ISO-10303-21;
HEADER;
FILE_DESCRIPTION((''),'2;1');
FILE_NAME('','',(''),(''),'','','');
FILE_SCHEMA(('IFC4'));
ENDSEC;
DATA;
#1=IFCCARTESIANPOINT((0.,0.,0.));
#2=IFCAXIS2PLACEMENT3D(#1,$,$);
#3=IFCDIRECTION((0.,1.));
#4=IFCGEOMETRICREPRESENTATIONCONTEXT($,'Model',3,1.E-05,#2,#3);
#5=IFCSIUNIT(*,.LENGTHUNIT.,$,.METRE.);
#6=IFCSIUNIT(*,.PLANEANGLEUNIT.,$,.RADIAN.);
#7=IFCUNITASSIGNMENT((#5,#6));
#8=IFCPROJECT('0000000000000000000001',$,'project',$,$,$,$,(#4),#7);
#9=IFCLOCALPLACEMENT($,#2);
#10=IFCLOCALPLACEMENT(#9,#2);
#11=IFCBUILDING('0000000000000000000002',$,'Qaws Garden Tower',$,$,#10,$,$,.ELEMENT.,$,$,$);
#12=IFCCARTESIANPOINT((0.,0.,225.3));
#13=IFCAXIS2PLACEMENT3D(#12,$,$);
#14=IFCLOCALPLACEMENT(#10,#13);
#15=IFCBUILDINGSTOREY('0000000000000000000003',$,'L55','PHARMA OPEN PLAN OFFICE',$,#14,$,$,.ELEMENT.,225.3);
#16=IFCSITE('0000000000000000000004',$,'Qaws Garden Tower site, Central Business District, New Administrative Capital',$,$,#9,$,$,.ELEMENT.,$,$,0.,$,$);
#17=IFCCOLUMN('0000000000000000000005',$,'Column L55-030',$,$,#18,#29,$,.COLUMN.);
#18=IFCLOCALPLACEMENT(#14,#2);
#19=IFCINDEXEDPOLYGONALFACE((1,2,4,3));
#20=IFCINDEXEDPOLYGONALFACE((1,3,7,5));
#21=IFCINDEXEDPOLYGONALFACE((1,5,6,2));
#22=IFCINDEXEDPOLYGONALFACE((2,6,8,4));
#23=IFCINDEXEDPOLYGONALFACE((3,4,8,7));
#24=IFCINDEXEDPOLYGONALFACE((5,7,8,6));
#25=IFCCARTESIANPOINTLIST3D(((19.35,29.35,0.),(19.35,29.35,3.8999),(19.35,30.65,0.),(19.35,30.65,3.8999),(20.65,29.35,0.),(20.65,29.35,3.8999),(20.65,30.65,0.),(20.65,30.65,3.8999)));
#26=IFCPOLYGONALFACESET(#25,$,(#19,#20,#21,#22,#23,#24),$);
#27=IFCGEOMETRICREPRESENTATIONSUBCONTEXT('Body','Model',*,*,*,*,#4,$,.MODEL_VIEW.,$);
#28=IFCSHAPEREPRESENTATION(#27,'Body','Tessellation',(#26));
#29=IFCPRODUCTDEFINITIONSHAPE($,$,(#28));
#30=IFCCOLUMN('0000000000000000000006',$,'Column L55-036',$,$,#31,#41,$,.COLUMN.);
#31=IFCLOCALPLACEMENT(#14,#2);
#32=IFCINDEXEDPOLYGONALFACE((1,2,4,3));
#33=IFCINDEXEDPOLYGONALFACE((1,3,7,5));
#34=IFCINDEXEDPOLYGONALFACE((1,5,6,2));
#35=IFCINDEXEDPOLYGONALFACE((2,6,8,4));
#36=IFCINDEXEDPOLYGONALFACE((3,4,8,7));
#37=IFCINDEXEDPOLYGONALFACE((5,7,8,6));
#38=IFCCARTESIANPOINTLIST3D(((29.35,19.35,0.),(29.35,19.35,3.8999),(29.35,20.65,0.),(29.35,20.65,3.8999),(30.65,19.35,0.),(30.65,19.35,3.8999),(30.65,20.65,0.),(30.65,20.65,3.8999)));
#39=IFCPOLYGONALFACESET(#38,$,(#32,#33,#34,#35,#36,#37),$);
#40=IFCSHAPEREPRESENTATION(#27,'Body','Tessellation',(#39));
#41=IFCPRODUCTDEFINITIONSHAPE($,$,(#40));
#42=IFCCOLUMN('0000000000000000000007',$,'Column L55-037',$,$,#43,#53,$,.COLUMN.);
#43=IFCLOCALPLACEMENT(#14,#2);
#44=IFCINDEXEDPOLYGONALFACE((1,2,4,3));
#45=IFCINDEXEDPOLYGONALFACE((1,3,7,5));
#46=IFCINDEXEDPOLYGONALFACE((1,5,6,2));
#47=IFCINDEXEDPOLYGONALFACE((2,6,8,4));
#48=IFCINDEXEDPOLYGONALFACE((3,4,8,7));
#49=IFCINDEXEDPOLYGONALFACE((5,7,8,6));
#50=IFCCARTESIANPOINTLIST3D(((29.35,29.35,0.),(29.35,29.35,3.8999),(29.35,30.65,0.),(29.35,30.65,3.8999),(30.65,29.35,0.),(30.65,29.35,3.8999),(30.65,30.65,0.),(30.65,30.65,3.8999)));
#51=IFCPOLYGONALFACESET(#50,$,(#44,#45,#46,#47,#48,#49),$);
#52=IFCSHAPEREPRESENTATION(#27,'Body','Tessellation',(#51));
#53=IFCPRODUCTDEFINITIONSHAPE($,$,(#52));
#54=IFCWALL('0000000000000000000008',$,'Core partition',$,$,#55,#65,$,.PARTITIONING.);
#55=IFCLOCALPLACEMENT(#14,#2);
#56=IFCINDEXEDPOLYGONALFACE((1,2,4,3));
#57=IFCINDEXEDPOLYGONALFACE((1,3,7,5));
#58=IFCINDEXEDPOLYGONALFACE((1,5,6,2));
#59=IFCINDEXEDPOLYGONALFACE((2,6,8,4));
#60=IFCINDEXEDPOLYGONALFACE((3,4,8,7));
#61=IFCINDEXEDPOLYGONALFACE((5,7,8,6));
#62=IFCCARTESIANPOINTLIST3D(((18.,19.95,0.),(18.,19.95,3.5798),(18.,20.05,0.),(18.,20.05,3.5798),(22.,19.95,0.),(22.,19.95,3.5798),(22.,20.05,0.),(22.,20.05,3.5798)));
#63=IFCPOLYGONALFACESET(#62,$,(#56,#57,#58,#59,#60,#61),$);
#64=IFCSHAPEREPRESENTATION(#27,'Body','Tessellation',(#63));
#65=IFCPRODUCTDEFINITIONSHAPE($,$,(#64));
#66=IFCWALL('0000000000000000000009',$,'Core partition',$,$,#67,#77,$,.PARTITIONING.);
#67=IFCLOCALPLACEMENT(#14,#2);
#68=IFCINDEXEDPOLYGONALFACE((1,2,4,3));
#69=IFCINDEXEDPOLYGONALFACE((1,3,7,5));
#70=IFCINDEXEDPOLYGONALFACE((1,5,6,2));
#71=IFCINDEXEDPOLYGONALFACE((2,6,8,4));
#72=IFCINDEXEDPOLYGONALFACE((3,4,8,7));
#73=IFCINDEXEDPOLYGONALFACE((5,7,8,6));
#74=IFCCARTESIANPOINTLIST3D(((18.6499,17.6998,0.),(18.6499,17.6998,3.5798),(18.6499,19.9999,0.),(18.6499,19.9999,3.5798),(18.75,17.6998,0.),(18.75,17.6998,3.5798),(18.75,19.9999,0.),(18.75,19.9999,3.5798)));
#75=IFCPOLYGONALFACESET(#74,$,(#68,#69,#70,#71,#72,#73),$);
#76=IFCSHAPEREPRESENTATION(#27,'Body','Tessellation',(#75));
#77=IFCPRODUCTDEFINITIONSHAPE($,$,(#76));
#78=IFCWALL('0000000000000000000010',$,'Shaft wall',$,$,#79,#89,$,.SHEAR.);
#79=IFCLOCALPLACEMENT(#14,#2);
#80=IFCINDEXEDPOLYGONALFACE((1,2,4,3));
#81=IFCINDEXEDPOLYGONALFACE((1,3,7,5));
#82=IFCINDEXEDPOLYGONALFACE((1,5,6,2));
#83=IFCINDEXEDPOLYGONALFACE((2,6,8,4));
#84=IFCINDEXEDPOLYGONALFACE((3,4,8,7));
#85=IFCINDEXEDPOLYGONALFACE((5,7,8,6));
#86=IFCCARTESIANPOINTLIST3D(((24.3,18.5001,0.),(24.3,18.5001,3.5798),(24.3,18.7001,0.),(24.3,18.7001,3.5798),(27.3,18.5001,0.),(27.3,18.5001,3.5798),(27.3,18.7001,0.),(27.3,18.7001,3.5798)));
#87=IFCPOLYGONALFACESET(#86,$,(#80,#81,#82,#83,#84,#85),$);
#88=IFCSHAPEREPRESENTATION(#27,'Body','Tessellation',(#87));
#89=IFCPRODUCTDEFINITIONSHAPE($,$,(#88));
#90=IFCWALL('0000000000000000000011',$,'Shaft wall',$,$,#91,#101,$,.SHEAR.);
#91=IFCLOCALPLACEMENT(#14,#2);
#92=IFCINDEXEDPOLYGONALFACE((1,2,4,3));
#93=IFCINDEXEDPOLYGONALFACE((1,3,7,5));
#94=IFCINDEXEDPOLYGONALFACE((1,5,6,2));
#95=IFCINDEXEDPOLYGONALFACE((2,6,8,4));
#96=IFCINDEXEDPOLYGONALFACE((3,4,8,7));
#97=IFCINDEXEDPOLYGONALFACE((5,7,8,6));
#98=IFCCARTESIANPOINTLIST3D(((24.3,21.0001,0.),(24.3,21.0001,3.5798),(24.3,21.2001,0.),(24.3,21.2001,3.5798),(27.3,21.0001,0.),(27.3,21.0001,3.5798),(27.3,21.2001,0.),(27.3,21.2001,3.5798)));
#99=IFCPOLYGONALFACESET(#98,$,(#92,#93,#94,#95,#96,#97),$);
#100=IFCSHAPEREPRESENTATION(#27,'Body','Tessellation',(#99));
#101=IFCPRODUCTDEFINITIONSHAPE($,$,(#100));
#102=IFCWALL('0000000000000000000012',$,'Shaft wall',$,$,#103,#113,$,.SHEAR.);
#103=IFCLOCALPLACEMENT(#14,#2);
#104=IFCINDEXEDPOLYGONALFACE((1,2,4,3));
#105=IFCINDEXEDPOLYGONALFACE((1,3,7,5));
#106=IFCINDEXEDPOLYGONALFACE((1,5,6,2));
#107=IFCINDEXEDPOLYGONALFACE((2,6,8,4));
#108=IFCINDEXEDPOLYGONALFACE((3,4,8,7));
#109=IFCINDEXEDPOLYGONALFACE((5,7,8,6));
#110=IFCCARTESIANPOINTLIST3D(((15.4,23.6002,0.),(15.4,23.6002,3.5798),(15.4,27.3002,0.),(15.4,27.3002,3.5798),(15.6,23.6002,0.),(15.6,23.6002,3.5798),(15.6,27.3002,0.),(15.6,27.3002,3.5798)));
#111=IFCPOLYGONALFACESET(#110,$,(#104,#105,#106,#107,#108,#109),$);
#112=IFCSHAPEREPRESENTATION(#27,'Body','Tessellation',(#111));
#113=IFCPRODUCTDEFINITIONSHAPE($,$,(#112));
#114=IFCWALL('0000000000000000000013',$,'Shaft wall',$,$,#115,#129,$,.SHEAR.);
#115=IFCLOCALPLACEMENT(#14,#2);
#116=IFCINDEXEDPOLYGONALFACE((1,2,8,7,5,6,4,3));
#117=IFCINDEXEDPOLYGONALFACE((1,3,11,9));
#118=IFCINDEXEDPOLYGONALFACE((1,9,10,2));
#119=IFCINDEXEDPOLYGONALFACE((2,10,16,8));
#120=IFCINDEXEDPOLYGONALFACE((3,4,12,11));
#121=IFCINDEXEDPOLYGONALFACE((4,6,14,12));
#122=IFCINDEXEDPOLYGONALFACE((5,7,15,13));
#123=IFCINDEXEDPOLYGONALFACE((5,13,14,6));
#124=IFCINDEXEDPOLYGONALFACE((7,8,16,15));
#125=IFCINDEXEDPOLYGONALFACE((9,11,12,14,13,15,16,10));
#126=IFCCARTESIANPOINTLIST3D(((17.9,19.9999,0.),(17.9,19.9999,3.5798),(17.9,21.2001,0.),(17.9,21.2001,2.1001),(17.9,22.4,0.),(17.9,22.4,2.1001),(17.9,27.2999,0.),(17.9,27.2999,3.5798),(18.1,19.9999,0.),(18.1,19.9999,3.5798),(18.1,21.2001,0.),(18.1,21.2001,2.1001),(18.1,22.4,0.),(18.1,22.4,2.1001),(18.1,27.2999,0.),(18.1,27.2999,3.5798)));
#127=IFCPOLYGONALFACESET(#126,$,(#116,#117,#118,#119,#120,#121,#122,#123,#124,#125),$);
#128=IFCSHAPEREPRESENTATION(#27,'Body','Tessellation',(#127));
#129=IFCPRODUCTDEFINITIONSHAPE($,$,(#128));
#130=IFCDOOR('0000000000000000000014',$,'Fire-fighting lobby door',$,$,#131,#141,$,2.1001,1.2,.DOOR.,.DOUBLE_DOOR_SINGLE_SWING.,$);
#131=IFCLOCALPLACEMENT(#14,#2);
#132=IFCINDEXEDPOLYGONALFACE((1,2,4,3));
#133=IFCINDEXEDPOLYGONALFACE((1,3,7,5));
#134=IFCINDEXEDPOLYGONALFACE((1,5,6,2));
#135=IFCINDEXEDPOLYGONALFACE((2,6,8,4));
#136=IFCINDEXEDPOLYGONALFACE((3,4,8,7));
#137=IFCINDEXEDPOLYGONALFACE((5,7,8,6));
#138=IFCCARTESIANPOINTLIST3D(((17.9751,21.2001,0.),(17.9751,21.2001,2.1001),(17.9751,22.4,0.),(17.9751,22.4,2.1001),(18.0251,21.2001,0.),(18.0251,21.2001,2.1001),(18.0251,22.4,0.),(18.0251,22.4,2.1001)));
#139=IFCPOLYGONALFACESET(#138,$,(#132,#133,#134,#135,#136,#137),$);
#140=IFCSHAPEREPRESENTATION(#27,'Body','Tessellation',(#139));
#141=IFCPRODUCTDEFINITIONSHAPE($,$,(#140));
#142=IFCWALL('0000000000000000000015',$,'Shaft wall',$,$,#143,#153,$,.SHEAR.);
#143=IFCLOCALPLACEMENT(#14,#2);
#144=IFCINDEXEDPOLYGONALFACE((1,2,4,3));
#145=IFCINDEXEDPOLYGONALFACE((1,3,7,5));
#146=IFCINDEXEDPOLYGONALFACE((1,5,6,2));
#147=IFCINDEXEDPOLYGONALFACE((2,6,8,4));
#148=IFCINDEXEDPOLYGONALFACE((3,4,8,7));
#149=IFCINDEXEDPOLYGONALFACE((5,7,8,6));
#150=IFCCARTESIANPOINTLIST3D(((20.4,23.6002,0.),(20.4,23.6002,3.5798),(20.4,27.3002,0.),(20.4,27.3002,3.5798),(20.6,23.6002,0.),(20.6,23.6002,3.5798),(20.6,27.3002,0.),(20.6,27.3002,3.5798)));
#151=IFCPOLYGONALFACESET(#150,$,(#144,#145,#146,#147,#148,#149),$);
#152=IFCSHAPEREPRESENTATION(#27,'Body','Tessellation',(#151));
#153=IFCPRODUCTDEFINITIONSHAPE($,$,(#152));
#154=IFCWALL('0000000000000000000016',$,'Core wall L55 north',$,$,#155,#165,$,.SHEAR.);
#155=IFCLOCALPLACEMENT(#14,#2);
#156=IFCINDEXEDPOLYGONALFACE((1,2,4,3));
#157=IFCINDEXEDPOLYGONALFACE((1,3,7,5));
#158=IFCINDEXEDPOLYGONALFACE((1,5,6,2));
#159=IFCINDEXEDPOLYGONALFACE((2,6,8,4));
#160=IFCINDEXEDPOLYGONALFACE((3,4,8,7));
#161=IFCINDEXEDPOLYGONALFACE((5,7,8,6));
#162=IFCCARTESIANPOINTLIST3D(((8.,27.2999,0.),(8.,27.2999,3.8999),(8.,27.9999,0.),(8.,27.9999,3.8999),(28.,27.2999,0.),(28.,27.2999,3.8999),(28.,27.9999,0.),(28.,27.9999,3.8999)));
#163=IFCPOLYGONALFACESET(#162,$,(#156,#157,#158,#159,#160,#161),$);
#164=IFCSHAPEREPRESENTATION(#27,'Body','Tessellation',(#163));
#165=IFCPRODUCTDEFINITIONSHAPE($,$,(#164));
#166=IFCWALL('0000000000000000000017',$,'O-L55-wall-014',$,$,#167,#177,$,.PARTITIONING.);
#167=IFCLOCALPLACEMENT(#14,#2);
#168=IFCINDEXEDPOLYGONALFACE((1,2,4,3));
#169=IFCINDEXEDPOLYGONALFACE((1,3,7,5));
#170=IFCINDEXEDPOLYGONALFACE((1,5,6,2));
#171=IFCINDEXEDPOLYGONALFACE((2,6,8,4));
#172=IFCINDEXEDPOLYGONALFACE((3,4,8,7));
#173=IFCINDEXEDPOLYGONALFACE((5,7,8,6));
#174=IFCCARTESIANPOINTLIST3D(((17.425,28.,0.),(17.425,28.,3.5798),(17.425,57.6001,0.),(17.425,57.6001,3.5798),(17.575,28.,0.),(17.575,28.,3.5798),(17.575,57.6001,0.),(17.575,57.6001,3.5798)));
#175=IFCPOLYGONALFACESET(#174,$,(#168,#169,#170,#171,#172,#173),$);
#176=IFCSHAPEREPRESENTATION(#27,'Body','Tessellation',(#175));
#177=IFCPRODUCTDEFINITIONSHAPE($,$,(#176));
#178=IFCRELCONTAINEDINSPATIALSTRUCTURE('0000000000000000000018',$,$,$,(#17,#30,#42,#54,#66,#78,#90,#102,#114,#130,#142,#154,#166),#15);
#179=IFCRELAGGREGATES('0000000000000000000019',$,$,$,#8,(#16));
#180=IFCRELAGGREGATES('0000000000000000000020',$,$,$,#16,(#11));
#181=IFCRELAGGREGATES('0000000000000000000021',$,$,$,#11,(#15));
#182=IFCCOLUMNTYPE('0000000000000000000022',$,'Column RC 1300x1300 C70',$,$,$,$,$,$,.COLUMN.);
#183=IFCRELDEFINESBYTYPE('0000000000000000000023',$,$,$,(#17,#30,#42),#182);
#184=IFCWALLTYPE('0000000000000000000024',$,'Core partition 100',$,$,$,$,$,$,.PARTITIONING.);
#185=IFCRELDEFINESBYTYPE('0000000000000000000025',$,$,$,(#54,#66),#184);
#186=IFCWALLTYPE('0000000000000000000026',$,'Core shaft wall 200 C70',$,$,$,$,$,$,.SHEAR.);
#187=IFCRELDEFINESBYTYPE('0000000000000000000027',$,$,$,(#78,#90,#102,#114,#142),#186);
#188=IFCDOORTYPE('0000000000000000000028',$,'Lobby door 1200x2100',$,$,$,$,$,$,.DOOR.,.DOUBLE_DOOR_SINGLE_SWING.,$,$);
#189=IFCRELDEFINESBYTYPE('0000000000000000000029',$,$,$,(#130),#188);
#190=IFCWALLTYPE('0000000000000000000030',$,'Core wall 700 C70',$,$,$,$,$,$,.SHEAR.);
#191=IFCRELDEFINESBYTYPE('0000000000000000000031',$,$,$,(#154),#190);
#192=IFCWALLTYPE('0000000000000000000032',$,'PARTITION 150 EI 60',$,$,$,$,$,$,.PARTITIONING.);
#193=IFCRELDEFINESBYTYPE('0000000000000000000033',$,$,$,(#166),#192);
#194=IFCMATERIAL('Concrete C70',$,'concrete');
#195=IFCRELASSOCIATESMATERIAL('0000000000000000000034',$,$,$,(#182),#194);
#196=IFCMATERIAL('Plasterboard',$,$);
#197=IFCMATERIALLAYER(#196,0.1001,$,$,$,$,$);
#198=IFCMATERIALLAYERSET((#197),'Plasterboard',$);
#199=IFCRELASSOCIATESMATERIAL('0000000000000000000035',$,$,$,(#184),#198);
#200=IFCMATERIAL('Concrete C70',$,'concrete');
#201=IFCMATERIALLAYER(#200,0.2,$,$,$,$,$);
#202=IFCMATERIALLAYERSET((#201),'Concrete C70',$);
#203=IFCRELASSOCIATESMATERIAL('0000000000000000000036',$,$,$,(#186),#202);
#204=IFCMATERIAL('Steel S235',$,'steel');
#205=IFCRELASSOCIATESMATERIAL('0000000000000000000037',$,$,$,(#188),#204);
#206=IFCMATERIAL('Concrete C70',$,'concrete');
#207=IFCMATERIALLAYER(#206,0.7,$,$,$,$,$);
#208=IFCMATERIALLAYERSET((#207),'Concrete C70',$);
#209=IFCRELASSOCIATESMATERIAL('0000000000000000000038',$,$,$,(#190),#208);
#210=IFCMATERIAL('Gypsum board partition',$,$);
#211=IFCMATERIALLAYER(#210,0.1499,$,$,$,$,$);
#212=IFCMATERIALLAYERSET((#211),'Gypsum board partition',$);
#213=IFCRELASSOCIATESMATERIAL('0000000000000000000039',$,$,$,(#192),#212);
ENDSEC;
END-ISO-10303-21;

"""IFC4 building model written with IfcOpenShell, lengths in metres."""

from ifc_helpers import new_model, si_unit, direction, frame, frame_2d, origin, origin_2d, place, context, subcontext, project, spatial, rectangle, extrude, material, layer, layer_set, material_profile, profile_set, type_object, element, fill, save


model = new_model("IFC4")

# Units and contexts
model_context = context("Model", 3, precision=1e-05, world=origin(), true_north=direction((0.0, 1.0)))
body_context = subcontext(model_context, "Body", "Model", "MODEL_VIEW")
ifc_project = project(units=[si_unit("LENGTHUNIT", "METRE"), si_unit("PLANEANGLEUNIT", "RADIAN")], contexts=[model_context])

# Site, building, storey
site_placement = place(None, origin())
site = spatial("IfcSite", under=ifc_project, at=site_placement, Name="Qaws Garden Tower site, Central Business District, New Administrative Capital", CompositionType="ELEMENT", RefElevation=0.0)
building_placement = place(site_placement, origin())
building = spatial("IfcBuilding", under=site, at=building_placement, Name="Qaws Garden Tower", CompositionType="ELEMENT")
storey_placement = place(building_placement, frame((0.0, 0.0, 225.3)))
storey = spatial("IfcBuildingStorey", under=building, at=storey_placement, Name="L55", Description="PHARMA OPEN PLAN OFFICE", CompositionType="ELEMENT", Elevation=225.3)

# Columns
ifc_material_1 = material(Name="Concrete C70", Category="concrete")
ifc_material_profile = material_profile(ifc_material_1, rectangle(XDim=1.3, YDim=1.3, at=origin_2d()), Name="RC 1300x1300")
ifc_profile_set = profile_set([ifc_material_profile], Name="Concrete C70")
column_type = type_object("IfcColumnType", Name="Column RC 1300x1300 C70", PredefinedType="COLUMN", material=ifc_profile_set)
for number, where, z_axis, x_axis, name in (
    (1, (20.0, 30.0, 0.0), (0.0, 0.0, 1.0), (1.0, 0.0, 0.0), "Column L55-030"),
    (2, (30.0, 20.0, 0.0), (0.0, 0.0, 1.0), (1.0, 0.0, 0.0), "Column L55-036"),
    (3, (30.0, 30.0, 0.0), (0.0, 0.0, 1.0), (1.0, 0.0, 0.0), "Column L55-037"),
):
    element("IfcColumn", number, at=place(storey_placement, frame(where, z_axis=z_axis, x_axis=x_axis)), inside=storey, type_object=column_type, Name=name, PredefinedType="COLUMN", context=body_context, shape_type="SweptSolid", body=[
        extrude(rectangle(XDim=1.3, YDim=1.3, at=origin_2d()), origin(), (0.0, 0.0, 1.0), 3.8999),
    ])

# Walls
ifc_material_2 = material(Name="Plasterboard")
ifc_layer_1 = layer(ifc_material_2, 0.1001)
ifc_layer_set_1 = layer_set([ifc_layer_1], Name="Plasterboard")
wall_type_1 = type_object("IfcWallType", Name="Core partition 100", PredefinedType="PARTITIONING", material=ifc_layer_set_1)
wall_1_placement = place(storey_placement, frame((18.0, 20.0, 0.0), z_axis=(0.0, 0.0, 1.0), x_axis=(1.0, 0.0, 0.0)))
element("IfcWall", 4, at=wall_1_placement, inside=storey, type_object=wall_type_1, Name="Core partition", PredefinedType="PARTITIONING", context=body_context, shape_type="SweptSolid", body=[
    extrude(rectangle(XDim=4.0, YDim=0.1001, at=frame_2d((2.0, 0.0))), origin(), (0.0, 0.0, 1.0), 3.5798),
])
wall_2_placement = place(storey_placement, frame((18.7, 17.7, 0.0), z_axis=(0.0, 0.0, 1.0), x_axis=(0.0, 1.0, 0.0)))
element("IfcWall", 5, at=wall_2_placement, inside=storey, type_object=wall_type_1, Name="Core partition", PredefinedType="PARTITIONING", context=body_context, shape_type="SweptSolid", body=[
    extrude(rectangle(XDim=2.3, YDim=0.1001, at=frame_2d((1.1499, 0.0))), origin(), (0.0, 0.0, 1.0), 3.5798),
])
ifc_material_3 = material(Name="Concrete C70", Category="concrete")
ifc_layer_2 = layer(ifc_material_3, 0.2)
ifc_layer_set_2 = layer_set([ifc_layer_2], Name="Concrete C70")
wall_type_2 = type_object("IfcWallType", Name="Core shaft wall 200 C70", PredefinedType="SHEAR", material=ifc_layer_set_2)
for number, where, z_axis, x_axis, name in (
    (6, (24.3, 18.6001, 0.0), (0.0, 0.0, 1.0), (1.0, 0.0, 0.0), "Shaft wall"),
    (7, (24.3, 21.1001, 0.0), (0.0, 0.0, 1.0), (1.0, 0.0, 0.0), "Shaft wall"),
):
    element("IfcWall", number, at=place(storey_placement, frame(where, z_axis=z_axis, x_axis=x_axis)), inside=storey, type_object=wall_type_2, Name=name, PredefinedType="SHEAR", context=body_context, shape_type="SweptSolid", body=[
        extrude(rectangle(XDim=3.0, YDim=0.2, at=frame_2d((1.5, 0.0))), origin(), (0.0, 0.0, 1.0), 3.5798),
    ])
wall_3_placement = place(storey_placement, frame((15.5, 23.6001, 0.0), z_axis=(0.0, 0.0, 1.0), x_axis=(0.0, 1.0, 0.0)))
element("IfcWall", 8, at=wall_3_placement, inside=storey, type_object=wall_type_2, Name="Shaft wall", PredefinedType="SHEAR", context=body_context, shape_type="SweptSolid", body=[
    extrude(rectangle(XDim=3.7, YDim=0.2, at=frame_2d((1.8501, 0.0))), origin(), (0.0, 0.0, 1.0), 3.5798),
])

# Wall, opening, door
wall_4_placement = place(storey_placement, frame((18.0, 20.0, 0.0), z_axis=(0.0, 0.0, 1.0), x_axis=(0.0, 1.0, 0.0)))
wall_4 = element("IfcWall", 9, at=wall_4_placement, inside=storey, type_object=wall_type_2, Name="Shaft wall", PredefinedType="SHEAR", context=body_context, shape_type="SweptSolid", body=[
    extrude(rectangle(XDim=7.3, YDim=0.2, at=frame_2d((3.6499, 0.0))), origin(), (0.0, 0.0, 1.0), 3.5798),
])
opening_1_placement = place(wall_4_placement, frame((1.2, 0.0, 0.0)))
opening_1 = element("IfcOpeningElement", 10, at=opening_1_placement, cuts=wall_4, PredefinedType="OPENING", context=body_context, shape_type="SweptSolid", body=[
    extrude(rectangle(XDim=1.2, YDim=2.1001, at=frame_2d((0.6001, 1.05))), frame((0.0, 0.1099, 0.0), z_axis=(0.0, -1.0, 0.0), x_axis=(1.0, 0.0, 0.0)), (0.0, 0.0, 1.0), 0.22),
])
ifc_material_4 = material(Name="Steel S235", Category="steel")
door_type_1 = type_object("IfcDoorType", Name="Lobby door 1200x2100", OperationType="DOUBLE_DOOR_SINGLE_SWING", PredefinedType="DOOR", material=ifc_material_4)
door_1_placement = place(opening_1_placement, origin())
door_1 = element("IfcDoor", 11, at=door_1_placement, inside=storey, type_object=door_type_1, Name="Fire-fighting lobby door", OperationType="DOUBLE_DOOR_SINGLE_SWING", OverallHeight=2.1001, OverallWidth=1.2, PredefinedType="DOOR", context=body_context, shape_type="SweptSolid", body=[
    extrude(rectangle(XDim=1.2, YDim=2.1001, at=frame_2d((0.6001, 1.05))), frame((0.0, 0.0249, 0.0), z_axis=(0.0, -1.0, 0.0), x_axis=(1.0, 0.0, 0.0)), (0.0, 0.0, 1.0), 0.05),
])
fill(opening_1, door_1)

# Walls
wall_5_placement = place(storey_placement, frame((20.5, 23.6001, 0.0), z_axis=(0.0, 0.0, 1.0), x_axis=(0.0, 1.0, 0.0)))
element("IfcWall", 12, at=wall_5_placement, inside=storey, type_object=wall_type_2, Name="Shaft wall", PredefinedType="SHEAR", context=body_context, shape_type="SweptSolid", body=[
    extrude(rectangle(XDim=3.7, YDim=0.2, at=frame_2d((1.8501, 0.0))), origin(), (0.0, 0.0, 1.0), 3.5798),
])
ifc_material_5 = material(Name="Concrete C70", Category="concrete")
ifc_layer_3 = layer(ifc_material_5, 0.7)
ifc_layer_set_3 = layer_set([ifc_layer_3], Name="Concrete C70")
wall_type_3 = type_object("IfcWallType", Name="Core wall 700 C70", PredefinedType="SHEAR", material=ifc_layer_set_3)
wall_6_placement = place(storey_placement, frame((28.0, 27.6499, 0.0), z_axis=(0.0, 0.0, 1.0), x_axis=(-1.0, 0.0, 0.0)))
element("IfcWall", 13, at=wall_6_placement, inside=storey, type_object=wall_type_3, Name="Core wall L55 north", PredefinedType="SHEAR", context=body_context, shape_type="SweptSolid", body=[
    extrude(rectangle(XDim=20.0, YDim=0.7, at=frame_2d((10.0, 0.0))), origin(), (0.0, 0.0, 1.0), 3.8999),
])
ifc_material_6 = material(Name="Gypsum board partition")
ifc_layer_4 = layer(ifc_material_6, 0.1499)
ifc_layer_set_4 = layer_set([ifc_layer_4], Name="Gypsum board partition")
wall_type_4 = type_object("IfcWallType", Name="PARTITION 150 EI 60", PredefinedType="PARTITIONING", material=ifc_layer_set_4)
wall_7_placement = place(storey_placement, frame((17.5, 28.0, 0.0), z_axis=(0.0, 0.0, 1.0), x_axis=(0.0, 1.0, 0.0)))
element("IfcWall", 14, at=wall_7_placement, inside=storey, type_object=wall_type_4, Name="O-L55-wall-014", PredefinedType="PARTITIONING", context=body_context, shape_type="SweptSolid", body=[
    extrude(rectangle(XDim=29.6001, YDim=0.1499, at=frame_2d((14.8, 0.0))), origin(), (0.0, 0.0, 1.0), 3.5798),
])

save(model, "model.ifc")
